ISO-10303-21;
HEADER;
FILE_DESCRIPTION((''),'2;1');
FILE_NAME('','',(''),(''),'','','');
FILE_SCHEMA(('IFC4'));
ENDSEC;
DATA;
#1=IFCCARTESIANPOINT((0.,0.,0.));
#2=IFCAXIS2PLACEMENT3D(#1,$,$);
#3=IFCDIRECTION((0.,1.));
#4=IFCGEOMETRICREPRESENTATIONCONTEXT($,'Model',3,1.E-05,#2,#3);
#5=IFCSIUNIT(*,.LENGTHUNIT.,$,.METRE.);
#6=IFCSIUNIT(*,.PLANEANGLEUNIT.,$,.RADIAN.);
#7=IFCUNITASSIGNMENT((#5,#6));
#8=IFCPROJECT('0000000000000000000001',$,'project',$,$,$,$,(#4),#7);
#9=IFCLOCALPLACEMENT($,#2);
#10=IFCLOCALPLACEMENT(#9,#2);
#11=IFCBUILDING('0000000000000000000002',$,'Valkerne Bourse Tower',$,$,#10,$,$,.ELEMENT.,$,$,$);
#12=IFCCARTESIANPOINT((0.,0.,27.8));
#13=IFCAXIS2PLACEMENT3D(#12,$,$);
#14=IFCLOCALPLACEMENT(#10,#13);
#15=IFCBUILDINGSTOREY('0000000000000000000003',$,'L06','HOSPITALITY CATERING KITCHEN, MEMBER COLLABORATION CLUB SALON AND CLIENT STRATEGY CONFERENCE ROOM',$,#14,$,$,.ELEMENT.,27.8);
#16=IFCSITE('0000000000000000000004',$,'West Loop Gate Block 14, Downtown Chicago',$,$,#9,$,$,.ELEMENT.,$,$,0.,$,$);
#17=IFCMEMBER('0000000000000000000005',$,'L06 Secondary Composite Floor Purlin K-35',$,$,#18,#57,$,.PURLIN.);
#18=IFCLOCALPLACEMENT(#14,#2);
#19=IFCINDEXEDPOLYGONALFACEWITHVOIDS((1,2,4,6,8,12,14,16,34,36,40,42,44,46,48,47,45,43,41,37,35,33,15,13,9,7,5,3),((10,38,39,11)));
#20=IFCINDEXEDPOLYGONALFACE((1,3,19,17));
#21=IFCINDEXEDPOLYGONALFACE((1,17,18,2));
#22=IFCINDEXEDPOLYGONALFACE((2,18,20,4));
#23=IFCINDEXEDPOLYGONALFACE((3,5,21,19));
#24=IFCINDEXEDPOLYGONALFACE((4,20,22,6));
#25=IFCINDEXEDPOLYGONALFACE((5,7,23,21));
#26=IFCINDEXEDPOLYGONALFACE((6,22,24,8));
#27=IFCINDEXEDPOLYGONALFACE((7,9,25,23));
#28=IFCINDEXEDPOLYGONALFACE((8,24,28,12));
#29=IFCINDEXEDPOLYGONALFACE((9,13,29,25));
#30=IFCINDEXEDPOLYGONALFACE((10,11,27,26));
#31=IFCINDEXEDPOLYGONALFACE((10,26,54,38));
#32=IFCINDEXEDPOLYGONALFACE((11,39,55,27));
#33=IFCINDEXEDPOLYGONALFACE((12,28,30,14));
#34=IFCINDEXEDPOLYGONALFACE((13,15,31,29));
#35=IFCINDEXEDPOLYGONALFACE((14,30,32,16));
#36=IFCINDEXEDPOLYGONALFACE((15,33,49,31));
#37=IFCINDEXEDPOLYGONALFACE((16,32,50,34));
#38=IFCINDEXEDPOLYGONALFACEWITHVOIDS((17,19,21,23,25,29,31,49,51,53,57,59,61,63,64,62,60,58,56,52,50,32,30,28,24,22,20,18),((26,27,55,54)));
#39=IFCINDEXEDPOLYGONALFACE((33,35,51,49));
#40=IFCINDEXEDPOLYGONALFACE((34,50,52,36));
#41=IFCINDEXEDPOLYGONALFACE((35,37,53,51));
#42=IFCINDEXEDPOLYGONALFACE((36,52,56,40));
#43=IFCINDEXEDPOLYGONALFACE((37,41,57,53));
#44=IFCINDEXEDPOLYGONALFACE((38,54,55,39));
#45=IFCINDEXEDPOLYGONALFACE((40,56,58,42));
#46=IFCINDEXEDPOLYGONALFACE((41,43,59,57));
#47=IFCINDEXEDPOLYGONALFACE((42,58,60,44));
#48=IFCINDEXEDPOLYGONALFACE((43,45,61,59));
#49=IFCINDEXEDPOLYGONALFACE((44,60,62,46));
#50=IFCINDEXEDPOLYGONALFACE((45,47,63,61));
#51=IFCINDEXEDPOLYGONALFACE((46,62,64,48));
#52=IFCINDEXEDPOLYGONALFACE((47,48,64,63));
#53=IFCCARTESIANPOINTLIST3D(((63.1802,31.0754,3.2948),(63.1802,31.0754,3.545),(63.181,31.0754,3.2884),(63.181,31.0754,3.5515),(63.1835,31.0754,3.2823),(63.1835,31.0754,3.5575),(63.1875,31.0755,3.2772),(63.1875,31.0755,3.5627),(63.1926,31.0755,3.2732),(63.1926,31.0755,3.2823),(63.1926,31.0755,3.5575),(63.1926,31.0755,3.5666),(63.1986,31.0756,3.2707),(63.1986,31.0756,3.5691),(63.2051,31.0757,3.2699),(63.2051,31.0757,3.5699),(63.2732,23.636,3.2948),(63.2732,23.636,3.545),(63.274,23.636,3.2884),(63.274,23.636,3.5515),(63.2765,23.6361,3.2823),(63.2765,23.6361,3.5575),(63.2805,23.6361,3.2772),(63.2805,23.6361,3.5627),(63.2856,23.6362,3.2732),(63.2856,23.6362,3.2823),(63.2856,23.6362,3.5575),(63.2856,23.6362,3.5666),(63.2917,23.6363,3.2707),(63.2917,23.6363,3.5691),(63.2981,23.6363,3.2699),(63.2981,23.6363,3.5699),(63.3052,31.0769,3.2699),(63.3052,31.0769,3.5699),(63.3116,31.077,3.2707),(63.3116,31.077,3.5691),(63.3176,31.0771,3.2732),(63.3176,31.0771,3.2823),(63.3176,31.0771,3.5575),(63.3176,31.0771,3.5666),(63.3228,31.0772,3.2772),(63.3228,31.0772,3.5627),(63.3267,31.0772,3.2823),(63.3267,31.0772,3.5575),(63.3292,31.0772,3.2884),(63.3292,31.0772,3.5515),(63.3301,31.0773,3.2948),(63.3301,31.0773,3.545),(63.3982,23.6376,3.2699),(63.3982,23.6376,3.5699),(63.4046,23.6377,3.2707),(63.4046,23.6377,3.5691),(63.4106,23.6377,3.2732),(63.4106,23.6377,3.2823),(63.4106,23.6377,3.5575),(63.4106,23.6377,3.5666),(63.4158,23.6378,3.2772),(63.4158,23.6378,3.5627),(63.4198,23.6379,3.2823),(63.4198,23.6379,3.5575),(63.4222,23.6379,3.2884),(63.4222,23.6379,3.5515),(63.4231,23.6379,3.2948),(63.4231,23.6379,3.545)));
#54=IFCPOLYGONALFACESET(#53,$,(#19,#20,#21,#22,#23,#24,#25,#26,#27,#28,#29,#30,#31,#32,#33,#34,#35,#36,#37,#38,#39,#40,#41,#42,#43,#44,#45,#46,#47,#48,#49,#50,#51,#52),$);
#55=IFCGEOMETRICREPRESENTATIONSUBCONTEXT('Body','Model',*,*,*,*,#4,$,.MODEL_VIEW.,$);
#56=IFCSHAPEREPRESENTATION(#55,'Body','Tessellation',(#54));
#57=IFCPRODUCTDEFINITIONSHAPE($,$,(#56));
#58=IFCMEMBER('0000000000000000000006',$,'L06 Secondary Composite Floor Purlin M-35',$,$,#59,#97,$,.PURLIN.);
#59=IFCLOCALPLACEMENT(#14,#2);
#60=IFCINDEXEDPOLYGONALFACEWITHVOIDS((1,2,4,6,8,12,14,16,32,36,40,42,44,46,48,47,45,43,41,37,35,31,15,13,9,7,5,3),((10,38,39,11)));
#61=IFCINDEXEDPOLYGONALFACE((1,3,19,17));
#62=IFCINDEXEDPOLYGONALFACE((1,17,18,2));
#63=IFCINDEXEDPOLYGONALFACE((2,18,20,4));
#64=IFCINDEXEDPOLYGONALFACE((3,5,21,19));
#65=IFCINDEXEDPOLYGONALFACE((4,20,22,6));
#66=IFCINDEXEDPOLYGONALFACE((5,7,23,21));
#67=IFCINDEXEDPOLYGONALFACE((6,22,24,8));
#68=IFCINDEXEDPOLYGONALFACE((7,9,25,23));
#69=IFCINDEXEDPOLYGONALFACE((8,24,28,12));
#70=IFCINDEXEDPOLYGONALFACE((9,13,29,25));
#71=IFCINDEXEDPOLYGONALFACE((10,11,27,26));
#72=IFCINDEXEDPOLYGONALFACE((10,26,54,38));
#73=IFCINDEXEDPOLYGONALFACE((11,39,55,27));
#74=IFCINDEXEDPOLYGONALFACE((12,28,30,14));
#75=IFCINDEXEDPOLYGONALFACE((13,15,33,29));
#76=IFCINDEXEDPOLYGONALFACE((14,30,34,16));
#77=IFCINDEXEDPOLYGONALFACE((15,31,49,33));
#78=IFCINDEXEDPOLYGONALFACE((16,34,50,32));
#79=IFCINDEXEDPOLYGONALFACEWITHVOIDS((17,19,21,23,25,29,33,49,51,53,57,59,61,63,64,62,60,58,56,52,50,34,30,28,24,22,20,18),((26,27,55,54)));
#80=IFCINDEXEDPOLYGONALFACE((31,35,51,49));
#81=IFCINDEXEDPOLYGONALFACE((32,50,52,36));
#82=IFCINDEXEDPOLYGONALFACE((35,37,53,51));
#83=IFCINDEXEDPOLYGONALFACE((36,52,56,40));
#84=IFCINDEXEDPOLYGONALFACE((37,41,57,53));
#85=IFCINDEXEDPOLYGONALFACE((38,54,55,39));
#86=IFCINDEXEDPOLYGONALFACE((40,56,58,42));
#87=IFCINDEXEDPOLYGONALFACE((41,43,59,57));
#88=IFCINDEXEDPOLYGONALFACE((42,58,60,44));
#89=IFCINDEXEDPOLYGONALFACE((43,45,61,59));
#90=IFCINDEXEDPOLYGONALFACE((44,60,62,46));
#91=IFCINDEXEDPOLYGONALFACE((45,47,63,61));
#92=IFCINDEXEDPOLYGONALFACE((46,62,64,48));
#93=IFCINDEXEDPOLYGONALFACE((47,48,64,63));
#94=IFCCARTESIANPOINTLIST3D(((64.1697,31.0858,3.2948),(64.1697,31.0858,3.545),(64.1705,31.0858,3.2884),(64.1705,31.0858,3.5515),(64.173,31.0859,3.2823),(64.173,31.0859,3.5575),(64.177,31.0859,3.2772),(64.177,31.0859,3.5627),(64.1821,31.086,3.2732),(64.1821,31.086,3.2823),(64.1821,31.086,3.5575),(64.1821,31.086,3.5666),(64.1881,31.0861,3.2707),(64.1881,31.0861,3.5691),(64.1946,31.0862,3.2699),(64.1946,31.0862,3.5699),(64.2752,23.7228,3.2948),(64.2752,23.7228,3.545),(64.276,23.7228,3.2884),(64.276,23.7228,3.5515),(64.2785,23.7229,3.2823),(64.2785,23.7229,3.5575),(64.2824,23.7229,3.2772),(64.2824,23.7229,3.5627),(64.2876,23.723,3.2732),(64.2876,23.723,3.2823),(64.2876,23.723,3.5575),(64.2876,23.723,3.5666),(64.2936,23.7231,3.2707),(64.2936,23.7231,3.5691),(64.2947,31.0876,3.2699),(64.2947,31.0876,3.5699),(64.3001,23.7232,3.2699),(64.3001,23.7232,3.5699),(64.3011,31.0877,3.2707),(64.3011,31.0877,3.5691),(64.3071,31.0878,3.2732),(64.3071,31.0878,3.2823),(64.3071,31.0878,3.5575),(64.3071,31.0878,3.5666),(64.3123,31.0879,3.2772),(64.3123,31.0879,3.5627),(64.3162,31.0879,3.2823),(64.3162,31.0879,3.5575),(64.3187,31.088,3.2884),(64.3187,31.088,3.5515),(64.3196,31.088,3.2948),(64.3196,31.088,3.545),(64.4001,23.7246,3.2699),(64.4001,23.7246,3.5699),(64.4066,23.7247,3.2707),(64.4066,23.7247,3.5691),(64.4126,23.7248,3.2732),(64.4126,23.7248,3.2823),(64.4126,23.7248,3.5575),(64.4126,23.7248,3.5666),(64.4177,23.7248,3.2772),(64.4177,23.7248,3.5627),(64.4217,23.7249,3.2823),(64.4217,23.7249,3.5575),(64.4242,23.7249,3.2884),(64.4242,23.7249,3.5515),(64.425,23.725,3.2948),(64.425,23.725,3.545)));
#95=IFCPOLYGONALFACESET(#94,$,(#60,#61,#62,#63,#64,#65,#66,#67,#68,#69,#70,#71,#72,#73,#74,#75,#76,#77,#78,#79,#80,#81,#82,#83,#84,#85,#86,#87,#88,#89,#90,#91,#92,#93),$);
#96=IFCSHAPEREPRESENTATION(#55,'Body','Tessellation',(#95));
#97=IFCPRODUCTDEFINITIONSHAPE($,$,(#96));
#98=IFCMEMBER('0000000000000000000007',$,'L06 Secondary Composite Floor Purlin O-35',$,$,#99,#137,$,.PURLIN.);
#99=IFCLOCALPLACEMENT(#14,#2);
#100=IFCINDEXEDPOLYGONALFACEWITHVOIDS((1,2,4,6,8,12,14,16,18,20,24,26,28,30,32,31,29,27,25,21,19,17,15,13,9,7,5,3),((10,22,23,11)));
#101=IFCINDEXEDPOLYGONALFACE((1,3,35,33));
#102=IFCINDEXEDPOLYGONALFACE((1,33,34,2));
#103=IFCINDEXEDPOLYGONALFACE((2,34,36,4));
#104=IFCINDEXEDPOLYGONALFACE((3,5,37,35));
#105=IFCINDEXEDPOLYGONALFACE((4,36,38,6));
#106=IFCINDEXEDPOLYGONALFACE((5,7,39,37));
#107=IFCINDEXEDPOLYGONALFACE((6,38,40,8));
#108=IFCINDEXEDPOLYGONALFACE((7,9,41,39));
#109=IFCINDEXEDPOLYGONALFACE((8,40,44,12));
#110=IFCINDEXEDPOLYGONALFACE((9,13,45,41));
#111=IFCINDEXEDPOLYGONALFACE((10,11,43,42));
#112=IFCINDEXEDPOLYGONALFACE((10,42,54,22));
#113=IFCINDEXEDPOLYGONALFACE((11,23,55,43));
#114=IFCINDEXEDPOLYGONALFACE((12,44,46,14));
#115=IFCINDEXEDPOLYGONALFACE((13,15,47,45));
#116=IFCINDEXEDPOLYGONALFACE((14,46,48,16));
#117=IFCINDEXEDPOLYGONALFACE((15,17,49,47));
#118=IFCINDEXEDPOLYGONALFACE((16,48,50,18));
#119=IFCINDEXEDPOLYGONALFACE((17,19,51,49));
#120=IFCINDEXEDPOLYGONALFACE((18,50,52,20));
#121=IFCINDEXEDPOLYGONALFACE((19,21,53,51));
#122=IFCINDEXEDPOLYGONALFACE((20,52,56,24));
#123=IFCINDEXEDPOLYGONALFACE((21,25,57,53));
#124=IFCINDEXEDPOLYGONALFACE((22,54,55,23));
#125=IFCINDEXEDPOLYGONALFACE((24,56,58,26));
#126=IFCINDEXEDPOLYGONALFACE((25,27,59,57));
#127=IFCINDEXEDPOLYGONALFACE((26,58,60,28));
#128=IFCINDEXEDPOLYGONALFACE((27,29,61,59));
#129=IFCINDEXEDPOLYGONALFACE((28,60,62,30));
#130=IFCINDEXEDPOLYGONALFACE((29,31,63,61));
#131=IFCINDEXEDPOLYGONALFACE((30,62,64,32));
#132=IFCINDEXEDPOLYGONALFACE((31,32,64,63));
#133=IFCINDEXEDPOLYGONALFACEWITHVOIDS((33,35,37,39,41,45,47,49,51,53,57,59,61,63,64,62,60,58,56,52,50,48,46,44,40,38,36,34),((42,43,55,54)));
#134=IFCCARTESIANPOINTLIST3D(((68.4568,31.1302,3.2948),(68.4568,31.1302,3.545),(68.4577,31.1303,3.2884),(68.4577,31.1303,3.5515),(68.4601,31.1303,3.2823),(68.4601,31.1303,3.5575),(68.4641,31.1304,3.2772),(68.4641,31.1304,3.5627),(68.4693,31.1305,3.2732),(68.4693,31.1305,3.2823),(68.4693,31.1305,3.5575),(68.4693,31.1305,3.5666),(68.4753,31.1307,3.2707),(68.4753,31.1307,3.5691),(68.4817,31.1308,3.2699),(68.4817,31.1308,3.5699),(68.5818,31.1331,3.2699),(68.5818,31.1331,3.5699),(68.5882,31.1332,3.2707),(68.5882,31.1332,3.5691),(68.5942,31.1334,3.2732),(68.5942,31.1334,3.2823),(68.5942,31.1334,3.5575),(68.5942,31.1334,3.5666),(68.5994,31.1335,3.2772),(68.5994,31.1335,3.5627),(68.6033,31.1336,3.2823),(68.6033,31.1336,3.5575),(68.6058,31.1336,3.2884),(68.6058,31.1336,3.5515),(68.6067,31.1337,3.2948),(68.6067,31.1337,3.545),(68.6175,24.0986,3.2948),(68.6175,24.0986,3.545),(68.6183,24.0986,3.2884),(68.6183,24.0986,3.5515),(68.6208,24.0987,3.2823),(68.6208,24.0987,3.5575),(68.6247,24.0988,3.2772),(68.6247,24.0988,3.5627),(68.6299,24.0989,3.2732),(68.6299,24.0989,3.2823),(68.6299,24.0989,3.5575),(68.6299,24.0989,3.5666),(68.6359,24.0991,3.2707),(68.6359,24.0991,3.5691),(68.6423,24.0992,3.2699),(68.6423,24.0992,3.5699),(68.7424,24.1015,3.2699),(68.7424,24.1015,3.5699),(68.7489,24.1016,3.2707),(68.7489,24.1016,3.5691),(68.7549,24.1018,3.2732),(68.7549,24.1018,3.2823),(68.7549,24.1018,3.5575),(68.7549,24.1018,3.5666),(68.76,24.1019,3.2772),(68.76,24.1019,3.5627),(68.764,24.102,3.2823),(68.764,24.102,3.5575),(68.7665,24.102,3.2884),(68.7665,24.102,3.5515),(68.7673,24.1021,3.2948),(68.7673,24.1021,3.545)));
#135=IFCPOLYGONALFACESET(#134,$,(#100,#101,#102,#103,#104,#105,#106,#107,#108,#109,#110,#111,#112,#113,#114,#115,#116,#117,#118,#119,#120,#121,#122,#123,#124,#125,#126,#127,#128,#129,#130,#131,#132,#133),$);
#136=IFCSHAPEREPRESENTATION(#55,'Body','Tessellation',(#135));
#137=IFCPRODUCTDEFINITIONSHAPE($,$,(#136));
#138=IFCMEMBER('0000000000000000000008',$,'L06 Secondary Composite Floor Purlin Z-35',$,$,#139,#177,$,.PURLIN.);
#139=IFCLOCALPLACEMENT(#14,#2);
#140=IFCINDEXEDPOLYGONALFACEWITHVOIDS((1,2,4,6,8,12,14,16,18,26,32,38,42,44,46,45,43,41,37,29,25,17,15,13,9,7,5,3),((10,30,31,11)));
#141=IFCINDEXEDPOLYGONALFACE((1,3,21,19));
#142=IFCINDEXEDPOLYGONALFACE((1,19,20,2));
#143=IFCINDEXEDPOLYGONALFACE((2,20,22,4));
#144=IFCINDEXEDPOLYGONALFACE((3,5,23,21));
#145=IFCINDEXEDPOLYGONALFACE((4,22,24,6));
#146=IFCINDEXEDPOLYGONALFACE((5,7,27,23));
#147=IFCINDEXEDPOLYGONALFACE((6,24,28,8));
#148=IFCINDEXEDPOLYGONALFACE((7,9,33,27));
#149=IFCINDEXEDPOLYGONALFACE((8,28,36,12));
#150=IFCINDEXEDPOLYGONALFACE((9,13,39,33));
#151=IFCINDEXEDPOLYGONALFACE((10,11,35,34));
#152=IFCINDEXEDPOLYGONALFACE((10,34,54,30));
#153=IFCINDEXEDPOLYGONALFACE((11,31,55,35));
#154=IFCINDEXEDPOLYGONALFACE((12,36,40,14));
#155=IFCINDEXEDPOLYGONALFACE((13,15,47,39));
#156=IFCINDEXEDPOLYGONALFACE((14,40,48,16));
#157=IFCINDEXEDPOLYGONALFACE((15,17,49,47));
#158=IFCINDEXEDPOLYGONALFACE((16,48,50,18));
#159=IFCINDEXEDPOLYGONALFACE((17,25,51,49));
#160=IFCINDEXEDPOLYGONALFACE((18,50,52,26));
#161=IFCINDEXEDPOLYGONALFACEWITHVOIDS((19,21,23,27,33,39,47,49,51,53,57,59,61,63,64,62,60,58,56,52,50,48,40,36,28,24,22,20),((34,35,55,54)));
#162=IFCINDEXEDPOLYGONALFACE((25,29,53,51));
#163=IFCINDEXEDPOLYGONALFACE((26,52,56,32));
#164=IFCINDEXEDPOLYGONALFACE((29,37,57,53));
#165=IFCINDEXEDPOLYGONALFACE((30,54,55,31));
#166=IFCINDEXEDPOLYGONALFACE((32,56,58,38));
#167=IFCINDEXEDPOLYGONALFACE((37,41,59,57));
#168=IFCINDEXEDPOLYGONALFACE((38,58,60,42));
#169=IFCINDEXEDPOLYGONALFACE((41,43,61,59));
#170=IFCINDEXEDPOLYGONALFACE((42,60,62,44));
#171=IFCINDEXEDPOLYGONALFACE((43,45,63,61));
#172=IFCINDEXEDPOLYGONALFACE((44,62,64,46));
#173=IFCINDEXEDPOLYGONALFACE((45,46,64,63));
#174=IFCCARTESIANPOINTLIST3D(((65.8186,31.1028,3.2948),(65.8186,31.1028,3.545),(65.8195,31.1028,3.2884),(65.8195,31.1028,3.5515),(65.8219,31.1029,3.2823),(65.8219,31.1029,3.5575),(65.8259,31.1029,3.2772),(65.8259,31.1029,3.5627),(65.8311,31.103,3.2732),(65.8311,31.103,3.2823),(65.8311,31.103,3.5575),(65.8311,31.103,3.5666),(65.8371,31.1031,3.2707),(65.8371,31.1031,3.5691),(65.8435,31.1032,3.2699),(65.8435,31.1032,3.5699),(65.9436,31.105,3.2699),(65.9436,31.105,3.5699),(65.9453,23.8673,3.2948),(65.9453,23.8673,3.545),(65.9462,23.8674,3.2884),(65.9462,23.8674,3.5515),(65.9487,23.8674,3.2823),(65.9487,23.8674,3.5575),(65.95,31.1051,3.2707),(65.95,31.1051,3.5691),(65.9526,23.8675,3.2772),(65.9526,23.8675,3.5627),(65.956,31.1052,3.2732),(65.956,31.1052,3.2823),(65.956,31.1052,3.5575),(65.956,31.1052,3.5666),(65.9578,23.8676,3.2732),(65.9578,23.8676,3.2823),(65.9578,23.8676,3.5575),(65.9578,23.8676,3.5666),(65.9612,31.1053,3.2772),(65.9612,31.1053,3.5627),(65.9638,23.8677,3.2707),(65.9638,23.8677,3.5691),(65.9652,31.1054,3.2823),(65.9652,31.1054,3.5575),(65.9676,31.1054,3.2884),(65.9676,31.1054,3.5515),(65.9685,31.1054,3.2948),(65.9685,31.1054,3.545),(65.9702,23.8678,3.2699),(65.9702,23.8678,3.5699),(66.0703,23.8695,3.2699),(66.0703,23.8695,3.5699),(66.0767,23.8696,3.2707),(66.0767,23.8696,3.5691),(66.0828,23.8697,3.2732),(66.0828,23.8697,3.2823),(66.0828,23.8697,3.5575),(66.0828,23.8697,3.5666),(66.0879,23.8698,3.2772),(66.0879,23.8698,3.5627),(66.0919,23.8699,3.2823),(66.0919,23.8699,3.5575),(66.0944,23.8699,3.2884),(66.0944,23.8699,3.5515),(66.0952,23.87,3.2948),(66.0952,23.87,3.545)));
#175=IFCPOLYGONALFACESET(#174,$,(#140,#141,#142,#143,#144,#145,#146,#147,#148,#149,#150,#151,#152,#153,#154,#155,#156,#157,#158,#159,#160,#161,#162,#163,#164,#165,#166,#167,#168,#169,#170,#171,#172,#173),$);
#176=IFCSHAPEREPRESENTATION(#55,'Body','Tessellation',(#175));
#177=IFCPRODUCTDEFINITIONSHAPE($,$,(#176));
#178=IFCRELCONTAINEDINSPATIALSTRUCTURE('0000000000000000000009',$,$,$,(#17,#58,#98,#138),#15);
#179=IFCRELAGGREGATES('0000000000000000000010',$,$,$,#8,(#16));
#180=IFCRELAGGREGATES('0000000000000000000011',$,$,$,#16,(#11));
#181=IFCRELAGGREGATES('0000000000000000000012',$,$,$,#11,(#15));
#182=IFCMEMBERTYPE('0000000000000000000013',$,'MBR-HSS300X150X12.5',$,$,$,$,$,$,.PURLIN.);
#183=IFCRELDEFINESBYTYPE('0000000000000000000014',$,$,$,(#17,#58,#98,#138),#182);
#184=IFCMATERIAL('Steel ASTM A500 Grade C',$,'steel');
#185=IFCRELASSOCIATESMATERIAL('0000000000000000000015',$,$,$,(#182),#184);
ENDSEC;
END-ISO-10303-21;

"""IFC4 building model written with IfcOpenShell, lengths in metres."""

from ifc_helpers import new_model, si_unit, direction, frame, origin, origin_2d, place, context, subcontext, project, spatial, hollow_rectangle, extrude, material, material_profile, profile_set, type_object, element, save


model = new_model("IFC4")

# Units and contexts
model_context = context("Model", 3, precision=1e-05, world=origin(), true_north=direction((0.0, 1.0)))
body_context = subcontext(model_context, "Body", "Model", "MODEL_VIEW")
ifc_project = project(units=[si_unit("LENGTHUNIT", "METRE"), si_unit("PLANEANGLEUNIT", "RADIAN")], contexts=[model_context])

# Site, building, storey
site_placement = place(None, origin())
site = spatial("IfcSite", under=ifc_project, at=site_placement, Name="West Loop Gate Block 14, Downtown Chicago", CompositionType="ELEMENT", RefElevation=0.0)
building_placement = place(site_placement, origin())
building = spatial("IfcBuilding", under=site, at=building_placement, Name="Valkerne Bourse Tower", CompositionType="ELEMENT")
storey_placement = place(building_placement, frame((0.0, 0.0, 27.8)))
storey = spatial("IfcBuildingStorey", under=building, at=storey_placement, Name="L06", Description="HOSPITALITY CATERING KITCHEN, MEMBER COLLABORATION CLUB SALON AND CLIENT STRATEGY CONFERENCE ROOM", CompositionType="ELEMENT", Elevation=27.8)

# Members
ifc_material_1 = material(Name="Steel ASTM A500 Grade C", Category="steel")
ifc_material_profile_1 = material_profile(ifc_material_1, hollow_rectangle(XDim=0.1499, YDim=0.3, WallThickness=0.0125, OuterFilletRadius=0.0249, at=origin_2d()), Name="HSS300X150X12.5")
ifc_profile_set_1 = profile_set([ifc_material_profile_1], Name="Steel ASTM A500 Grade C")
member_type_1 = type_object("IfcMemberType", Name="MBR-HSS300X150X12.5", PredefinedType="PURLIN", material=ifc_profile_set_1)
member_1_placement = place(storey_placement, frame((63.3481, 23.637, 3.4199), z_axis=(-0.012502, 0.999922, 0.0), x_axis=(-0.999922, -0.012502, 0.0)))
element("IfcMember", 1, at=member_1_placement, inside=storey, type_object=member_type_1, Name="L06 Secondary Composite Floor Purlin K-35", PredefinedType="PURLIN", context=body_context, shape_type="SweptSolid", body=[
    extrude(hollow_rectangle(XDim=0.1499, YDim=0.3, WallThickness=0.0125, OuterFilletRadius=0.0249, at=origin_2d()), origin(), (0.0, 0.0, 1.0), 7.4399),
])
member_2_placement = place(storey_placement, frame((64.3501, 23.7239, 3.4199), z_axis=(-0.014323, 0.999897, 0.0), x_axis=(-0.999897, -0.014323, 0.0)))
element("IfcMember", 2, at=member_2_placement, inside=storey, type_object=member_type_1, Name="L06 Secondary Composite Floor Purlin M-35", PredefinedType="PURLIN", context=body_context, shape_type="SweptSolid", body=[
    extrude(hollow_rectangle(XDim=0.1499, YDim=0.3, WallThickness=0.0125, OuterFilletRadius=0.0249, at=origin_2d()), origin(), (0.0, 0.0, 1.0), 7.3638),
])
member_3_placement = place(storey_placement, frame((68.6924, 24.1003, 3.4199), z_axis=(-0.02284, 0.999739, 0.0), x_axis=(-0.999739, -0.02284, 0.0)))
element("IfcMember", 3, at=member_3_placement, inside=storey, type_object=member_type_1, Name="L06 Secondary Composite Floor Purlin O-35", PredefinedType="PURLIN", context=body_context, shape_type="SweptSolid", body=[
    extrude(hollow_rectangle(XDim=0.1499, YDim=0.3, WallThickness=0.0125, OuterFilletRadius=0.0249, at=origin_2d()), origin(), (0.0, 0.0, 1.0), 7.0334),
])
member_4_placement = place(storey_placement, frame((66.0203, 23.8687, 3.4199), z_axis=(-0.01751, 0.999847, 0.0), x_axis=(-0.999847, -0.01751, 0.0)))
element("IfcMember", 4, at=member_4_placement, inside=storey, type_object=member_type_1, Name="L06 Secondary Composite Floor Purlin Z-35", PredefinedType="PURLIN", context=body_context, shape_type="SweptSolid", body=[
    extrude(hollow_rectangle(XDim=0.1499, YDim=0.3, WallThickness=0.0125, OuterFilletRadius=0.0249, at=origin_2d()), origin(), (0.0, 0.0, 1.0), 7.2366),
])

save(model, "model.ifc")
